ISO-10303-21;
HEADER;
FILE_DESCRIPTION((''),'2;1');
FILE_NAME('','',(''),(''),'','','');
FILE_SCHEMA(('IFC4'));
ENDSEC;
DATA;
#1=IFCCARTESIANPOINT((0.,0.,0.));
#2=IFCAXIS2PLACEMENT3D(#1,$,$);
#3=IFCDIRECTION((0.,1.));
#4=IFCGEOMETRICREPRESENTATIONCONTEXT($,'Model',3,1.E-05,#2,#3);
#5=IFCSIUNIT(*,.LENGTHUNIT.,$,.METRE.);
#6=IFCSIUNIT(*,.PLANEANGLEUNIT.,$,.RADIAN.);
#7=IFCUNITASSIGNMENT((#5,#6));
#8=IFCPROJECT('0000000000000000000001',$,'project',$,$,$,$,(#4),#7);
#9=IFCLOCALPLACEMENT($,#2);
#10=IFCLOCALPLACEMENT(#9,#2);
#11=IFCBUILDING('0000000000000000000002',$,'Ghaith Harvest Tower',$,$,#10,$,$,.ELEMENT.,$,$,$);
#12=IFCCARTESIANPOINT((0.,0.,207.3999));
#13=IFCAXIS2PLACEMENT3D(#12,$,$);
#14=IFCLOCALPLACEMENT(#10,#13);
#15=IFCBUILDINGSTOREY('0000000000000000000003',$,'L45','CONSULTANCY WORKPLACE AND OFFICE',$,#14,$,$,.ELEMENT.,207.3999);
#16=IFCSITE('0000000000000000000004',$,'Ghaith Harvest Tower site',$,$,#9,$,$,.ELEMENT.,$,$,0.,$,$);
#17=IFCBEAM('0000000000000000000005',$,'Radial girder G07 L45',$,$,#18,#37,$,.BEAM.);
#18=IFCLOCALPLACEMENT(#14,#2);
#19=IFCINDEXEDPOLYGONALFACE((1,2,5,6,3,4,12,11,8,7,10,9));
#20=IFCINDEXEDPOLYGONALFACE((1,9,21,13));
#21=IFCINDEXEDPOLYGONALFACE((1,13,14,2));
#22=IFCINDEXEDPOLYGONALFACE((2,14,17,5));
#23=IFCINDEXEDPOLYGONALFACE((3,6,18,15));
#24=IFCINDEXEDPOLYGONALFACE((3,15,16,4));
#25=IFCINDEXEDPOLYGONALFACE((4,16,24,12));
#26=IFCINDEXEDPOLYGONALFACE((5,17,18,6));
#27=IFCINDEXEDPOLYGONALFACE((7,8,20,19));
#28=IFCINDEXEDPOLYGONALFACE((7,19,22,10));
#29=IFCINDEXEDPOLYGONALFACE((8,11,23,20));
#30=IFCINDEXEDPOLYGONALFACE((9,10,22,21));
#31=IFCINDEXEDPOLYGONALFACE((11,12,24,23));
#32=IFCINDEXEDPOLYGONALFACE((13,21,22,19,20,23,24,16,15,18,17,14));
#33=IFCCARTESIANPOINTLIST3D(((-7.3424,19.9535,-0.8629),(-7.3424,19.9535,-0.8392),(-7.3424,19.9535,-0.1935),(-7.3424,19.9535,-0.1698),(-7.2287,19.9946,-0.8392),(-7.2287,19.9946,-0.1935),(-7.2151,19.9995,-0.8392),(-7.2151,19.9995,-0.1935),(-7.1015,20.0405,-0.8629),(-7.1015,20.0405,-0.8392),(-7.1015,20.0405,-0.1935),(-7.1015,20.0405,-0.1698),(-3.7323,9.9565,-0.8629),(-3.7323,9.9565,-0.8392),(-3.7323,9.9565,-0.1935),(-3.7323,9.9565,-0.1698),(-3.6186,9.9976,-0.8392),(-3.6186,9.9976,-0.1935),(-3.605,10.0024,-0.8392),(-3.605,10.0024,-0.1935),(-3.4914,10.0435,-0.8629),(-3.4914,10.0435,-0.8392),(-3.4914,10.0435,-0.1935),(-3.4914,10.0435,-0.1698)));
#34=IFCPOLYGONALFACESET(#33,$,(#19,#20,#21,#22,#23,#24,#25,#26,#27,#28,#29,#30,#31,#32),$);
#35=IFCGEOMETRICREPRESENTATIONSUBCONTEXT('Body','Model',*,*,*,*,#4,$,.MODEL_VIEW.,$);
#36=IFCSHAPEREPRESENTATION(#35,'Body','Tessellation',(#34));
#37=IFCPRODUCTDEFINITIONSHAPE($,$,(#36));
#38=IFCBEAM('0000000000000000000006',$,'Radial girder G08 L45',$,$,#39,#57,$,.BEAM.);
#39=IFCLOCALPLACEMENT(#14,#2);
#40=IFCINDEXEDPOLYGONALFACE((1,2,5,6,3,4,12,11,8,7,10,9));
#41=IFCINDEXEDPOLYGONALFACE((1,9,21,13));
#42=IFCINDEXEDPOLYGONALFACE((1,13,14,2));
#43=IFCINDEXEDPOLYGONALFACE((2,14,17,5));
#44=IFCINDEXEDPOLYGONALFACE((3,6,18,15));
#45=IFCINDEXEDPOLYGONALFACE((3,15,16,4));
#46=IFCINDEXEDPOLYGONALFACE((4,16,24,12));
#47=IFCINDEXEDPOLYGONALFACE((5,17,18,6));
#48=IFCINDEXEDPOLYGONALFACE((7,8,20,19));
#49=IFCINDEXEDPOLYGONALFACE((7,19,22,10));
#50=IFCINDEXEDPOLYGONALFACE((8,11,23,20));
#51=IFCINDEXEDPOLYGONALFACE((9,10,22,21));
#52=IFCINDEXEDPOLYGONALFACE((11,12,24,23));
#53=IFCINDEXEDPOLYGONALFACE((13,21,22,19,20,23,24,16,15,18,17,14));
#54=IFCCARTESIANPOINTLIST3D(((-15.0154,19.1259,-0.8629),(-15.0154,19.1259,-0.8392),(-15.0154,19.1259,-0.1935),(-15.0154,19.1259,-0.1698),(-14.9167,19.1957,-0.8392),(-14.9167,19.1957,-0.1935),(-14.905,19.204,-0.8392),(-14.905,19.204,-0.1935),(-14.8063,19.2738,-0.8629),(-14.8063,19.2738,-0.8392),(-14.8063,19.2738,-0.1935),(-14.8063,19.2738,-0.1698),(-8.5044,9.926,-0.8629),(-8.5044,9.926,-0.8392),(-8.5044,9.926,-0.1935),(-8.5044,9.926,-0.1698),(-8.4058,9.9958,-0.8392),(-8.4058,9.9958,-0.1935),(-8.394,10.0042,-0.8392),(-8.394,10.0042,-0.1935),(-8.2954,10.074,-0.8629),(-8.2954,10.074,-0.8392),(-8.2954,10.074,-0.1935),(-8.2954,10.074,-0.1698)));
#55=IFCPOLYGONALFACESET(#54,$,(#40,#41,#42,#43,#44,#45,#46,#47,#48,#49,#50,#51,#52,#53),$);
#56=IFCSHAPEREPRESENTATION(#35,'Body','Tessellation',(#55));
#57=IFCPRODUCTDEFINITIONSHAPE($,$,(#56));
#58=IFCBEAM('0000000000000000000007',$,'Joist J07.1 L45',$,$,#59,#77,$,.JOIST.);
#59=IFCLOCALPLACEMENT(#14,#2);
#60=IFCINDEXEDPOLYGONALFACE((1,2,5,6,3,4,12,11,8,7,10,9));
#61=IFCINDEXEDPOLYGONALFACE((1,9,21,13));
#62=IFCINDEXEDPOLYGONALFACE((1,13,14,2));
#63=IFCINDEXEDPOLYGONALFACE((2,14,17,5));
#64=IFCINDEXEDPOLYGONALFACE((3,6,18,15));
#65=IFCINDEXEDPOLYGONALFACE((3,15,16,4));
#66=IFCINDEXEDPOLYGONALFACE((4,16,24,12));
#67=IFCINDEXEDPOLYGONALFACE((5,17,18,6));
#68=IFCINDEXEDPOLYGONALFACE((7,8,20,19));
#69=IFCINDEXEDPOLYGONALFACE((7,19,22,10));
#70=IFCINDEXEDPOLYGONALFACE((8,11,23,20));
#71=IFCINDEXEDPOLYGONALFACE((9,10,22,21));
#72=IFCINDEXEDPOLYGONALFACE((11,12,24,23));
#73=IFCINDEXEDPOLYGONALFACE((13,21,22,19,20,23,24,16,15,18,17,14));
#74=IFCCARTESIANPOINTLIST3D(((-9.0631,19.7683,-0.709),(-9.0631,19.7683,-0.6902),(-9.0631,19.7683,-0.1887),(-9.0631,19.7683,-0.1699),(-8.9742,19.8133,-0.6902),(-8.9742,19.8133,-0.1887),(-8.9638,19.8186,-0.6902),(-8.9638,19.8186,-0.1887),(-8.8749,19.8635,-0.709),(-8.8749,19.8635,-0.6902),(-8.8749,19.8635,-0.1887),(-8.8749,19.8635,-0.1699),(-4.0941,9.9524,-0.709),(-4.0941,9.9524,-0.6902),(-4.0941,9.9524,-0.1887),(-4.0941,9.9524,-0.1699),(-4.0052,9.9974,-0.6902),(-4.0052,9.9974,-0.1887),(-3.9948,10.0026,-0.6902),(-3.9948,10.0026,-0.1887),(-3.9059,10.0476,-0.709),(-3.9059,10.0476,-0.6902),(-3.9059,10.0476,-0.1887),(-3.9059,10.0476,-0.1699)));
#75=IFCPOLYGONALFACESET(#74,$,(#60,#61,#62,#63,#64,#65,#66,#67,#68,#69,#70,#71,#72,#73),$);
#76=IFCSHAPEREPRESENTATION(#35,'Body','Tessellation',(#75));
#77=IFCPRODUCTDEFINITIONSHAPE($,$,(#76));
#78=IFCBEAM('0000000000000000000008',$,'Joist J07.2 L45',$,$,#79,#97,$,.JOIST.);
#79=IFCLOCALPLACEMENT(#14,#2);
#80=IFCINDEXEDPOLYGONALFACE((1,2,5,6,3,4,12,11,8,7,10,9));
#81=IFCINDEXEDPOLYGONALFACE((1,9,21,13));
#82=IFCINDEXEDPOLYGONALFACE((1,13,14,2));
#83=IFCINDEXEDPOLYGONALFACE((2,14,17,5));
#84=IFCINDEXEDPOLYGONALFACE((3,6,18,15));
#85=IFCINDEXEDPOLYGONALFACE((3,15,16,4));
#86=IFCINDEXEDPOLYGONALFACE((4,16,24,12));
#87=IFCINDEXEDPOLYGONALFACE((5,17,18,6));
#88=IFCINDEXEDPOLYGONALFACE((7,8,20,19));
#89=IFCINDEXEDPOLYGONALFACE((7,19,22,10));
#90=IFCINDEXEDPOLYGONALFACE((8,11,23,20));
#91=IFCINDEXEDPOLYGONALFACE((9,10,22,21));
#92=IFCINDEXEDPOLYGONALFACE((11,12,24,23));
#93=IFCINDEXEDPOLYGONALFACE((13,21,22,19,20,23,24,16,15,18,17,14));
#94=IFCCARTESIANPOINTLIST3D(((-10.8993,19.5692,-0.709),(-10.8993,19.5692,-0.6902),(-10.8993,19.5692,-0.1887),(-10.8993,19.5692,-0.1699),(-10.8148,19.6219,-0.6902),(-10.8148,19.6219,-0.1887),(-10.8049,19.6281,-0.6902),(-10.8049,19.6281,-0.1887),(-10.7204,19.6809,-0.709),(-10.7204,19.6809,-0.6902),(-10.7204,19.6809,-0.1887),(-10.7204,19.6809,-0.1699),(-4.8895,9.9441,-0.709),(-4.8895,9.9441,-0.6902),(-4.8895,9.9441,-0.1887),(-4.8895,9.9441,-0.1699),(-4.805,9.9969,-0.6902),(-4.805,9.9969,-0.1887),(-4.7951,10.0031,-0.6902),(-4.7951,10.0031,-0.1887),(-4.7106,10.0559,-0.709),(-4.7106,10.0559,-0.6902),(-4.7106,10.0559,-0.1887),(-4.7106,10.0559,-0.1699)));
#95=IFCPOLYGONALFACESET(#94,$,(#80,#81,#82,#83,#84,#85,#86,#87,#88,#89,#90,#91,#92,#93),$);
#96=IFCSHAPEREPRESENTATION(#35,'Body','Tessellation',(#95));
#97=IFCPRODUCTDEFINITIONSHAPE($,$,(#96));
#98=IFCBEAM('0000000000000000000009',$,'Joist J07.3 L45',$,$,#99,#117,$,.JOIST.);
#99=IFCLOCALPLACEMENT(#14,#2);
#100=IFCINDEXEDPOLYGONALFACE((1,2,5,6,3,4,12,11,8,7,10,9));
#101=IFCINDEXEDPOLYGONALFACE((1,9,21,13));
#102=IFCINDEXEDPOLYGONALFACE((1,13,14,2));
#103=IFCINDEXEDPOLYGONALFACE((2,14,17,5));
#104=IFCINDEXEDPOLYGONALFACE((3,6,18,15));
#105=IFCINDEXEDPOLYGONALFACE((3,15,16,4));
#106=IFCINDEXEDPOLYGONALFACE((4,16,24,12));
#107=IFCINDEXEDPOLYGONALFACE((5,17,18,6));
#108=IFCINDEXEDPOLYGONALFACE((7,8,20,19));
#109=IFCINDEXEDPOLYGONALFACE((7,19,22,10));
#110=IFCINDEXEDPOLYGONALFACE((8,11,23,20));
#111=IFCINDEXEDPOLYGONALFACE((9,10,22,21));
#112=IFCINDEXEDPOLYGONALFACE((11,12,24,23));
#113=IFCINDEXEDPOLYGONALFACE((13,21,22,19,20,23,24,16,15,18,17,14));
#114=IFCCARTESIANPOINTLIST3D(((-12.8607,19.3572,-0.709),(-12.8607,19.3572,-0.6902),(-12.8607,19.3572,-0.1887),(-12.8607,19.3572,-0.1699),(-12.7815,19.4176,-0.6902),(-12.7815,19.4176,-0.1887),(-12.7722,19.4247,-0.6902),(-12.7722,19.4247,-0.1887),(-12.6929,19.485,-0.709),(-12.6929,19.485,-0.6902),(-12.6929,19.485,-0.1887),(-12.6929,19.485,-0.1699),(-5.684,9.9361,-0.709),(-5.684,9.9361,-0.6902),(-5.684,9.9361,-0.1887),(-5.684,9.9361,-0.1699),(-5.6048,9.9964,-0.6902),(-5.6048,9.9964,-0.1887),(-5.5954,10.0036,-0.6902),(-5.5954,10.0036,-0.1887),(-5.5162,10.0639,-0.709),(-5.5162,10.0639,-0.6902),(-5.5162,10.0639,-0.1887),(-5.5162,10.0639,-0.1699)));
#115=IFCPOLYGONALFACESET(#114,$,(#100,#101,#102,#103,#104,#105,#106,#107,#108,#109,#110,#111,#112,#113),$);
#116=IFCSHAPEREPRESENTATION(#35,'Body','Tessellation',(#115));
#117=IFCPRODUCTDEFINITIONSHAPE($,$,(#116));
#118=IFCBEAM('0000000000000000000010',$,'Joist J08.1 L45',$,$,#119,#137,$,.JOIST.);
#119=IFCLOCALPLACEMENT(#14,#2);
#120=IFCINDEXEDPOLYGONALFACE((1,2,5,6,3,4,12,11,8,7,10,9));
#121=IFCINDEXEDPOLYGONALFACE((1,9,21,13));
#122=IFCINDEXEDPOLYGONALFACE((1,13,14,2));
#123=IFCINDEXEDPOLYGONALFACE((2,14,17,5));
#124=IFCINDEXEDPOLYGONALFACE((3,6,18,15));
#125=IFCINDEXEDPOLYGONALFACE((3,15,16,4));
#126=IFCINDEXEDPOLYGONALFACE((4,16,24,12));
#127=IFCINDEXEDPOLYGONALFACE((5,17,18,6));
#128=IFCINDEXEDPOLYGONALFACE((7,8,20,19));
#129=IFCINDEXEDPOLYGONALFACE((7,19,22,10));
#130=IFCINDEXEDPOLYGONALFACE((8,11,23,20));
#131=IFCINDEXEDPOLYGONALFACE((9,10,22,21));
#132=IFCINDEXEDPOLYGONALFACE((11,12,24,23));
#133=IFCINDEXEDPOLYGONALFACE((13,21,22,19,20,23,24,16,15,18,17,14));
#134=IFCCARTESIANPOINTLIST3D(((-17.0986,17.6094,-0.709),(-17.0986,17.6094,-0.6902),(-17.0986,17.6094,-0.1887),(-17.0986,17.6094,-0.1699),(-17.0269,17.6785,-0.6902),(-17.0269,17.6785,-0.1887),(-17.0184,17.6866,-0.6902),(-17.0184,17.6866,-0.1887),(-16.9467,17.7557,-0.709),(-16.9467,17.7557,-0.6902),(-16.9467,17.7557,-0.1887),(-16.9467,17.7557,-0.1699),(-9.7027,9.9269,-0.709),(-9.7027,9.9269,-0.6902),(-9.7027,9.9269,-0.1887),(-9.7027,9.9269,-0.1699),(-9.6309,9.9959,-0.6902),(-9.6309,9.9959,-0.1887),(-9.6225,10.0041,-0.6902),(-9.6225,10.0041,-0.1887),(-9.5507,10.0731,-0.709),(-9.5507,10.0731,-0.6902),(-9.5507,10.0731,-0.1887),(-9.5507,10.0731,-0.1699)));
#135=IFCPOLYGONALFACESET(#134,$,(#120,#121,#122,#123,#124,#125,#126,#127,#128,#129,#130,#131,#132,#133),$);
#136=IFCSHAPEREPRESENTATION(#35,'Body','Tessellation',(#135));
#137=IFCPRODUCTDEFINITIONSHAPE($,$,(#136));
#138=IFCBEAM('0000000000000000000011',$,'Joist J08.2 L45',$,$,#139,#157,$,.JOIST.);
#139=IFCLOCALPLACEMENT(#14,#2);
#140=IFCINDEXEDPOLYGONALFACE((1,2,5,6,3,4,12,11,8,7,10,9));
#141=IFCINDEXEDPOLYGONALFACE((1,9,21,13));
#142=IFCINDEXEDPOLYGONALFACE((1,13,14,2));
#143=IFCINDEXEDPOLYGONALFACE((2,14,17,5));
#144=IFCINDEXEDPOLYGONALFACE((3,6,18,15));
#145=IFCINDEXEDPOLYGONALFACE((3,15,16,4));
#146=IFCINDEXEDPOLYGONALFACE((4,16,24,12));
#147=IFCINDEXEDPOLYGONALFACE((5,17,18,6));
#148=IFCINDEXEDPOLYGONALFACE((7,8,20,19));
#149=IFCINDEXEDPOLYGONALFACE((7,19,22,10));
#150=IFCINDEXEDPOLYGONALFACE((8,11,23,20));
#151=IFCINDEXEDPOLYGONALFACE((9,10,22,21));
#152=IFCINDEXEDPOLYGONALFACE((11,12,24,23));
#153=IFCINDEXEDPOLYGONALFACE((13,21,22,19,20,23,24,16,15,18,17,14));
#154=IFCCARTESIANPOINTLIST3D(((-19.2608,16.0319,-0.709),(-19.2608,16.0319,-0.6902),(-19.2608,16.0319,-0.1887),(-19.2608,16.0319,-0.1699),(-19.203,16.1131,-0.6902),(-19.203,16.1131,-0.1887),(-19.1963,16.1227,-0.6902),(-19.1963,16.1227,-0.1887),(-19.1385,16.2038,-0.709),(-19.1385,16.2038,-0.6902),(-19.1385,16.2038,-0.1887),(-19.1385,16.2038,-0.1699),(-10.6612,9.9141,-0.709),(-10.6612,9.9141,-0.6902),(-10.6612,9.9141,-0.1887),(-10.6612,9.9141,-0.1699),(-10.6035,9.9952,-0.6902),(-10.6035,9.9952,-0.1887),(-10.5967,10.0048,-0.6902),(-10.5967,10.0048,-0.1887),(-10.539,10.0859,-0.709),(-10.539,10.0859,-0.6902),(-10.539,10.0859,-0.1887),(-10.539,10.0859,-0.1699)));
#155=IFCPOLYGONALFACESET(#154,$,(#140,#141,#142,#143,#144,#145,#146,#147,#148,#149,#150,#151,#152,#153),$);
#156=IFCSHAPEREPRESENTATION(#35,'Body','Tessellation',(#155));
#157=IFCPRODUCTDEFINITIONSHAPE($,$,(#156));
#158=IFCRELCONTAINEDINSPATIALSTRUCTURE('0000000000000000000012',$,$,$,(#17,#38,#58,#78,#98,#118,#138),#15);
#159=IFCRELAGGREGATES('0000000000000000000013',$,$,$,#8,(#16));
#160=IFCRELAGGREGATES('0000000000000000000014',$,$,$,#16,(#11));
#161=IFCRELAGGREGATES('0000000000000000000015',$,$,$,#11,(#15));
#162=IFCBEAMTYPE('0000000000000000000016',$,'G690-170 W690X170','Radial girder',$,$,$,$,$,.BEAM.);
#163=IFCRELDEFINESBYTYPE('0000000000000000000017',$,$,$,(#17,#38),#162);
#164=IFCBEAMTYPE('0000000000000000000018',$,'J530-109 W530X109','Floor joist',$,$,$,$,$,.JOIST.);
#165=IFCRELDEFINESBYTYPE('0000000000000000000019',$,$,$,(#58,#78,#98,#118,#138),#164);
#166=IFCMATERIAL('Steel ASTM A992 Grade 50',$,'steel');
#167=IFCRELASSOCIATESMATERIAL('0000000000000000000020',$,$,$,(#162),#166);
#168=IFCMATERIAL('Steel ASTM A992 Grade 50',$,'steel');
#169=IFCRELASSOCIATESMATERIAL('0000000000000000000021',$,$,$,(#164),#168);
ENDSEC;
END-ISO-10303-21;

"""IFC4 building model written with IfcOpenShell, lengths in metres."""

from ifc_helpers import new_model, si_unit, direction, frame, origin, origin_2d, place, context, subcontext, project, spatial, i_section, extrude, material, material_profile, profile_set, type_object, element, save


model = new_model("IFC4")

# Units and contexts
model_context = context("Model", 3, precision=1e-05, world=origin(), true_north=direction((0.0, 1.0)))
body_context = subcontext(model_context, "Body", "Model", "MODEL_VIEW")
ifc_project = project(units=[si_unit("LENGTHUNIT", "METRE"), si_unit("PLANEANGLEUNIT", "RADIAN")], contexts=[model_context])

# Site, building, storey
site_placement = place(None, origin())
site = spatial("IfcSite", under=ifc_project, at=site_placement, Name="Ghaith Harvest Tower site", CompositionType="ELEMENT", RefElevation=0.0)
building_placement = place(site_placement, origin())
building = spatial("IfcBuilding", under=site, at=building_placement, Name="Ghaith Harvest Tower", CompositionType="ELEMENT")
storey_placement = place(building_placement, frame((0.0, 0.0, 207.3999)))
storey = spatial("IfcBuildingStorey", under=building, at=storey_placement, Name="L45", Description="CONSULTANCY WORKPLACE AND OFFICE", CompositionType="ELEMENT", Elevation=207.3999)

# Beams
ifc_material_1 = material(Name="Steel ASTM A992 Grade 50", Category="steel")
ifc_material_profile_1 = material_profile(ifc_material_1, i_section(OverallWidth=0.2561, OverallDepth=0.6931, WebThickness=0.0144, FlangeThickness=0.0237, at=origin_2d()), Name="W690X170")
ifc_profile_set_1 = profile_set([ifc_material_profile_1], Name="Steel ASTM A992 Grade 50")
beam_type_1 = type_object("IfcBeamType", Name="G690-170 W690X170", Description="Radial girder", PredefinedType="BEAM", material=ifc_profile_set_1)
beam_1_placement = place(storey_placement, frame((-3.6118, 10.0, -0.5164), z_axis=(-0.339649, 0.940552, 0.0), x_axis=(-0.940552, -0.339649, 0.0)))
element("IfcBeam", 1, at=beam_1_placement, inside=storey, type_object=beam_type_1, Name="Radial girder G07 L45", PredefinedType="BEAM", context=body_context, shape_type="SweptSolid", body=[
    extrude(i_section(OverallWidth=0.2561, OverallDepth=0.6931, WebThickness=0.0144, FlangeThickness=0.0237, at=origin_2d()), origin(), (0.0, 0.0, 1.0), 10.6289),
])
beam_2_placement = place(storey_placement, frame((-8.3999, 10.0, -0.5164), z_axis=(-0.577684, 0.816261, 0.0), x_axis=(-0.816261, -0.577684, 0.0)))
element("IfcBeam", 2, at=beam_2_placement, inside=storey, type_object=beam_type_1, Name="Radial girder G08 L45", PredefinedType="BEAM", context=body_context, shape_type="SweptSolid", body=[
    extrude(i_section(OverallWidth=0.2561, OverallDepth=0.6931, WebThickness=0.0144, FlangeThickness=0.0237, at=origin_2d()), origin(), (0.0, 0.0, 1.0), 11.2708),
])
ifc_material_2 = material(Name="Steel ASTM A992 Grade 50", Category="steel")
ifc_material_profile_2 = material_profile(ifc_material_2, i_section(OverallWidth=0.2109, OverallDepth=0.5391, WebThickness=0.0117, FlangeThickness=0.0188, at=origin_2d()), Name="W530X109")
ifc_profile_set_2 = profile_set([ifc_material_profile_2], Name="Steel ASTM A992 Grade 50")
beam_type_2 = type_object("IfcBeamType", Name="J530-109 W530X109", Description="Floor joist", PredefinedType="JOIST", material=ifc_profile_set_2)
beam_3_placement = place(storey_placement, frame((-4.0, 10.0, -0.4395), z_axis=(-0.451646, 0.892197, 0.0), x_axis=(-0.892197, -0.451646, 0.0)))
element("IfcBeam", 3, at=beam_3_placement, inside=storey, type_object=beam_type_2, Name="Joist J07.1 L45", PredefinedType="JOIST", context=body_context, shape_type="SweptSolid", body=[
    extrude(i_section(OverallWidth=0.2109, OverallDepth=0.5391, WebThickness=0.0117, FlangeThickness=0.0188, at=origin_2d()), origin(), (0.0, 0.0, 1.0), 11.002),
])
beam_4_placement = place(storey_placement, frame((-4.8, 10.0, -0.4395), z_axis=(-0.529628, 0.84823, 0.0), x_axis=(-0.84823, -0.529628, 0.0)))
element("IfcBeam", 4, at=beam_4_placement, inside=storey, type_object=beam_type_2, Name="Joist J07.2 L45", PredefinedType="JOIST", context=body_context, shape_type="SweptSolid", body=[
    extrude(i_section(OverallWidth=0.2109, OverallDepth=0.5391, WebThickness=0.0117, FlangeThickness=0.0188, at=origin_2d()), origin(), (0.0, 0.0, 1.0), 11.3472),
])
beam_5_placement = place(storey_placement, frame((-5.6001, 10.0, -0.4395), z_axis=(-0.605976, 0.795483, 0.0), x_axis=(-0.795483, -0.605976, 0.0)))
element("IfcBeam", 5, at=beam_5_placement, inside=storey, type_object=beam_type_2, Name="Joist J07.3 L45", PredefinedType="JOIST", context=body_context, shape_type="SweptSolid", body=[
    extrude(i_section(OverallWidth=0.2109, OverallDepth=0.5391, WebThickness=0.0117, FlangeThickness=0.0188, at=origin_2d()), origin(), (0.0, 0.0, 1.0), 11.8433),
])
beam_6_placement = place(storey_placement, frame((-9.6267, 10.0, -0.4395), z_axis=(-0.69354, 0.720418, 0.0), x_axis=(-0.720418, -0.69354, 0.0)))
element("IfcBeam", 6, at=beam_6_placement, inside=storey, type_object=beam_type_2, Name="Joist J08.1 L45", PredefinedType="JOIST", context=body_context, shape_type="SweptSolid", body=[
    extrude(i_section(OverallWidth=0.2109, OverallDepth=0.5391, WebThickness=0.0117, FlangeThickness=0.0188, at=origin_2d()), origin(), (0.0, 0.0, 1.0), 10.6641),
])
beam_7_placement = place(storey_placement, frame((-10.6001, 10.0, -0.4395), z_axis=(-0.814837, 0.57969, 0.0), x_axis=(-0.57969, -0.814837, 0.0)))
element("IfcBeam", 7, at=beam_7_placement, inside=storey, type_object=beam_type_2, Name="Joist J08.2 L45", PredefinedType="JOIST", context=body_context, shape_type="SweptSolid", body=[
    extrude(i_section(OverallWidth=0.2109, OverallDepth=0.5391, WebThickness=0.0117, FlangeThickness=0.0188, at=origin_2d()), origin(), (0.0, 0.0, 1.0), 10.5537),
])

save(model, "model.ifc")
